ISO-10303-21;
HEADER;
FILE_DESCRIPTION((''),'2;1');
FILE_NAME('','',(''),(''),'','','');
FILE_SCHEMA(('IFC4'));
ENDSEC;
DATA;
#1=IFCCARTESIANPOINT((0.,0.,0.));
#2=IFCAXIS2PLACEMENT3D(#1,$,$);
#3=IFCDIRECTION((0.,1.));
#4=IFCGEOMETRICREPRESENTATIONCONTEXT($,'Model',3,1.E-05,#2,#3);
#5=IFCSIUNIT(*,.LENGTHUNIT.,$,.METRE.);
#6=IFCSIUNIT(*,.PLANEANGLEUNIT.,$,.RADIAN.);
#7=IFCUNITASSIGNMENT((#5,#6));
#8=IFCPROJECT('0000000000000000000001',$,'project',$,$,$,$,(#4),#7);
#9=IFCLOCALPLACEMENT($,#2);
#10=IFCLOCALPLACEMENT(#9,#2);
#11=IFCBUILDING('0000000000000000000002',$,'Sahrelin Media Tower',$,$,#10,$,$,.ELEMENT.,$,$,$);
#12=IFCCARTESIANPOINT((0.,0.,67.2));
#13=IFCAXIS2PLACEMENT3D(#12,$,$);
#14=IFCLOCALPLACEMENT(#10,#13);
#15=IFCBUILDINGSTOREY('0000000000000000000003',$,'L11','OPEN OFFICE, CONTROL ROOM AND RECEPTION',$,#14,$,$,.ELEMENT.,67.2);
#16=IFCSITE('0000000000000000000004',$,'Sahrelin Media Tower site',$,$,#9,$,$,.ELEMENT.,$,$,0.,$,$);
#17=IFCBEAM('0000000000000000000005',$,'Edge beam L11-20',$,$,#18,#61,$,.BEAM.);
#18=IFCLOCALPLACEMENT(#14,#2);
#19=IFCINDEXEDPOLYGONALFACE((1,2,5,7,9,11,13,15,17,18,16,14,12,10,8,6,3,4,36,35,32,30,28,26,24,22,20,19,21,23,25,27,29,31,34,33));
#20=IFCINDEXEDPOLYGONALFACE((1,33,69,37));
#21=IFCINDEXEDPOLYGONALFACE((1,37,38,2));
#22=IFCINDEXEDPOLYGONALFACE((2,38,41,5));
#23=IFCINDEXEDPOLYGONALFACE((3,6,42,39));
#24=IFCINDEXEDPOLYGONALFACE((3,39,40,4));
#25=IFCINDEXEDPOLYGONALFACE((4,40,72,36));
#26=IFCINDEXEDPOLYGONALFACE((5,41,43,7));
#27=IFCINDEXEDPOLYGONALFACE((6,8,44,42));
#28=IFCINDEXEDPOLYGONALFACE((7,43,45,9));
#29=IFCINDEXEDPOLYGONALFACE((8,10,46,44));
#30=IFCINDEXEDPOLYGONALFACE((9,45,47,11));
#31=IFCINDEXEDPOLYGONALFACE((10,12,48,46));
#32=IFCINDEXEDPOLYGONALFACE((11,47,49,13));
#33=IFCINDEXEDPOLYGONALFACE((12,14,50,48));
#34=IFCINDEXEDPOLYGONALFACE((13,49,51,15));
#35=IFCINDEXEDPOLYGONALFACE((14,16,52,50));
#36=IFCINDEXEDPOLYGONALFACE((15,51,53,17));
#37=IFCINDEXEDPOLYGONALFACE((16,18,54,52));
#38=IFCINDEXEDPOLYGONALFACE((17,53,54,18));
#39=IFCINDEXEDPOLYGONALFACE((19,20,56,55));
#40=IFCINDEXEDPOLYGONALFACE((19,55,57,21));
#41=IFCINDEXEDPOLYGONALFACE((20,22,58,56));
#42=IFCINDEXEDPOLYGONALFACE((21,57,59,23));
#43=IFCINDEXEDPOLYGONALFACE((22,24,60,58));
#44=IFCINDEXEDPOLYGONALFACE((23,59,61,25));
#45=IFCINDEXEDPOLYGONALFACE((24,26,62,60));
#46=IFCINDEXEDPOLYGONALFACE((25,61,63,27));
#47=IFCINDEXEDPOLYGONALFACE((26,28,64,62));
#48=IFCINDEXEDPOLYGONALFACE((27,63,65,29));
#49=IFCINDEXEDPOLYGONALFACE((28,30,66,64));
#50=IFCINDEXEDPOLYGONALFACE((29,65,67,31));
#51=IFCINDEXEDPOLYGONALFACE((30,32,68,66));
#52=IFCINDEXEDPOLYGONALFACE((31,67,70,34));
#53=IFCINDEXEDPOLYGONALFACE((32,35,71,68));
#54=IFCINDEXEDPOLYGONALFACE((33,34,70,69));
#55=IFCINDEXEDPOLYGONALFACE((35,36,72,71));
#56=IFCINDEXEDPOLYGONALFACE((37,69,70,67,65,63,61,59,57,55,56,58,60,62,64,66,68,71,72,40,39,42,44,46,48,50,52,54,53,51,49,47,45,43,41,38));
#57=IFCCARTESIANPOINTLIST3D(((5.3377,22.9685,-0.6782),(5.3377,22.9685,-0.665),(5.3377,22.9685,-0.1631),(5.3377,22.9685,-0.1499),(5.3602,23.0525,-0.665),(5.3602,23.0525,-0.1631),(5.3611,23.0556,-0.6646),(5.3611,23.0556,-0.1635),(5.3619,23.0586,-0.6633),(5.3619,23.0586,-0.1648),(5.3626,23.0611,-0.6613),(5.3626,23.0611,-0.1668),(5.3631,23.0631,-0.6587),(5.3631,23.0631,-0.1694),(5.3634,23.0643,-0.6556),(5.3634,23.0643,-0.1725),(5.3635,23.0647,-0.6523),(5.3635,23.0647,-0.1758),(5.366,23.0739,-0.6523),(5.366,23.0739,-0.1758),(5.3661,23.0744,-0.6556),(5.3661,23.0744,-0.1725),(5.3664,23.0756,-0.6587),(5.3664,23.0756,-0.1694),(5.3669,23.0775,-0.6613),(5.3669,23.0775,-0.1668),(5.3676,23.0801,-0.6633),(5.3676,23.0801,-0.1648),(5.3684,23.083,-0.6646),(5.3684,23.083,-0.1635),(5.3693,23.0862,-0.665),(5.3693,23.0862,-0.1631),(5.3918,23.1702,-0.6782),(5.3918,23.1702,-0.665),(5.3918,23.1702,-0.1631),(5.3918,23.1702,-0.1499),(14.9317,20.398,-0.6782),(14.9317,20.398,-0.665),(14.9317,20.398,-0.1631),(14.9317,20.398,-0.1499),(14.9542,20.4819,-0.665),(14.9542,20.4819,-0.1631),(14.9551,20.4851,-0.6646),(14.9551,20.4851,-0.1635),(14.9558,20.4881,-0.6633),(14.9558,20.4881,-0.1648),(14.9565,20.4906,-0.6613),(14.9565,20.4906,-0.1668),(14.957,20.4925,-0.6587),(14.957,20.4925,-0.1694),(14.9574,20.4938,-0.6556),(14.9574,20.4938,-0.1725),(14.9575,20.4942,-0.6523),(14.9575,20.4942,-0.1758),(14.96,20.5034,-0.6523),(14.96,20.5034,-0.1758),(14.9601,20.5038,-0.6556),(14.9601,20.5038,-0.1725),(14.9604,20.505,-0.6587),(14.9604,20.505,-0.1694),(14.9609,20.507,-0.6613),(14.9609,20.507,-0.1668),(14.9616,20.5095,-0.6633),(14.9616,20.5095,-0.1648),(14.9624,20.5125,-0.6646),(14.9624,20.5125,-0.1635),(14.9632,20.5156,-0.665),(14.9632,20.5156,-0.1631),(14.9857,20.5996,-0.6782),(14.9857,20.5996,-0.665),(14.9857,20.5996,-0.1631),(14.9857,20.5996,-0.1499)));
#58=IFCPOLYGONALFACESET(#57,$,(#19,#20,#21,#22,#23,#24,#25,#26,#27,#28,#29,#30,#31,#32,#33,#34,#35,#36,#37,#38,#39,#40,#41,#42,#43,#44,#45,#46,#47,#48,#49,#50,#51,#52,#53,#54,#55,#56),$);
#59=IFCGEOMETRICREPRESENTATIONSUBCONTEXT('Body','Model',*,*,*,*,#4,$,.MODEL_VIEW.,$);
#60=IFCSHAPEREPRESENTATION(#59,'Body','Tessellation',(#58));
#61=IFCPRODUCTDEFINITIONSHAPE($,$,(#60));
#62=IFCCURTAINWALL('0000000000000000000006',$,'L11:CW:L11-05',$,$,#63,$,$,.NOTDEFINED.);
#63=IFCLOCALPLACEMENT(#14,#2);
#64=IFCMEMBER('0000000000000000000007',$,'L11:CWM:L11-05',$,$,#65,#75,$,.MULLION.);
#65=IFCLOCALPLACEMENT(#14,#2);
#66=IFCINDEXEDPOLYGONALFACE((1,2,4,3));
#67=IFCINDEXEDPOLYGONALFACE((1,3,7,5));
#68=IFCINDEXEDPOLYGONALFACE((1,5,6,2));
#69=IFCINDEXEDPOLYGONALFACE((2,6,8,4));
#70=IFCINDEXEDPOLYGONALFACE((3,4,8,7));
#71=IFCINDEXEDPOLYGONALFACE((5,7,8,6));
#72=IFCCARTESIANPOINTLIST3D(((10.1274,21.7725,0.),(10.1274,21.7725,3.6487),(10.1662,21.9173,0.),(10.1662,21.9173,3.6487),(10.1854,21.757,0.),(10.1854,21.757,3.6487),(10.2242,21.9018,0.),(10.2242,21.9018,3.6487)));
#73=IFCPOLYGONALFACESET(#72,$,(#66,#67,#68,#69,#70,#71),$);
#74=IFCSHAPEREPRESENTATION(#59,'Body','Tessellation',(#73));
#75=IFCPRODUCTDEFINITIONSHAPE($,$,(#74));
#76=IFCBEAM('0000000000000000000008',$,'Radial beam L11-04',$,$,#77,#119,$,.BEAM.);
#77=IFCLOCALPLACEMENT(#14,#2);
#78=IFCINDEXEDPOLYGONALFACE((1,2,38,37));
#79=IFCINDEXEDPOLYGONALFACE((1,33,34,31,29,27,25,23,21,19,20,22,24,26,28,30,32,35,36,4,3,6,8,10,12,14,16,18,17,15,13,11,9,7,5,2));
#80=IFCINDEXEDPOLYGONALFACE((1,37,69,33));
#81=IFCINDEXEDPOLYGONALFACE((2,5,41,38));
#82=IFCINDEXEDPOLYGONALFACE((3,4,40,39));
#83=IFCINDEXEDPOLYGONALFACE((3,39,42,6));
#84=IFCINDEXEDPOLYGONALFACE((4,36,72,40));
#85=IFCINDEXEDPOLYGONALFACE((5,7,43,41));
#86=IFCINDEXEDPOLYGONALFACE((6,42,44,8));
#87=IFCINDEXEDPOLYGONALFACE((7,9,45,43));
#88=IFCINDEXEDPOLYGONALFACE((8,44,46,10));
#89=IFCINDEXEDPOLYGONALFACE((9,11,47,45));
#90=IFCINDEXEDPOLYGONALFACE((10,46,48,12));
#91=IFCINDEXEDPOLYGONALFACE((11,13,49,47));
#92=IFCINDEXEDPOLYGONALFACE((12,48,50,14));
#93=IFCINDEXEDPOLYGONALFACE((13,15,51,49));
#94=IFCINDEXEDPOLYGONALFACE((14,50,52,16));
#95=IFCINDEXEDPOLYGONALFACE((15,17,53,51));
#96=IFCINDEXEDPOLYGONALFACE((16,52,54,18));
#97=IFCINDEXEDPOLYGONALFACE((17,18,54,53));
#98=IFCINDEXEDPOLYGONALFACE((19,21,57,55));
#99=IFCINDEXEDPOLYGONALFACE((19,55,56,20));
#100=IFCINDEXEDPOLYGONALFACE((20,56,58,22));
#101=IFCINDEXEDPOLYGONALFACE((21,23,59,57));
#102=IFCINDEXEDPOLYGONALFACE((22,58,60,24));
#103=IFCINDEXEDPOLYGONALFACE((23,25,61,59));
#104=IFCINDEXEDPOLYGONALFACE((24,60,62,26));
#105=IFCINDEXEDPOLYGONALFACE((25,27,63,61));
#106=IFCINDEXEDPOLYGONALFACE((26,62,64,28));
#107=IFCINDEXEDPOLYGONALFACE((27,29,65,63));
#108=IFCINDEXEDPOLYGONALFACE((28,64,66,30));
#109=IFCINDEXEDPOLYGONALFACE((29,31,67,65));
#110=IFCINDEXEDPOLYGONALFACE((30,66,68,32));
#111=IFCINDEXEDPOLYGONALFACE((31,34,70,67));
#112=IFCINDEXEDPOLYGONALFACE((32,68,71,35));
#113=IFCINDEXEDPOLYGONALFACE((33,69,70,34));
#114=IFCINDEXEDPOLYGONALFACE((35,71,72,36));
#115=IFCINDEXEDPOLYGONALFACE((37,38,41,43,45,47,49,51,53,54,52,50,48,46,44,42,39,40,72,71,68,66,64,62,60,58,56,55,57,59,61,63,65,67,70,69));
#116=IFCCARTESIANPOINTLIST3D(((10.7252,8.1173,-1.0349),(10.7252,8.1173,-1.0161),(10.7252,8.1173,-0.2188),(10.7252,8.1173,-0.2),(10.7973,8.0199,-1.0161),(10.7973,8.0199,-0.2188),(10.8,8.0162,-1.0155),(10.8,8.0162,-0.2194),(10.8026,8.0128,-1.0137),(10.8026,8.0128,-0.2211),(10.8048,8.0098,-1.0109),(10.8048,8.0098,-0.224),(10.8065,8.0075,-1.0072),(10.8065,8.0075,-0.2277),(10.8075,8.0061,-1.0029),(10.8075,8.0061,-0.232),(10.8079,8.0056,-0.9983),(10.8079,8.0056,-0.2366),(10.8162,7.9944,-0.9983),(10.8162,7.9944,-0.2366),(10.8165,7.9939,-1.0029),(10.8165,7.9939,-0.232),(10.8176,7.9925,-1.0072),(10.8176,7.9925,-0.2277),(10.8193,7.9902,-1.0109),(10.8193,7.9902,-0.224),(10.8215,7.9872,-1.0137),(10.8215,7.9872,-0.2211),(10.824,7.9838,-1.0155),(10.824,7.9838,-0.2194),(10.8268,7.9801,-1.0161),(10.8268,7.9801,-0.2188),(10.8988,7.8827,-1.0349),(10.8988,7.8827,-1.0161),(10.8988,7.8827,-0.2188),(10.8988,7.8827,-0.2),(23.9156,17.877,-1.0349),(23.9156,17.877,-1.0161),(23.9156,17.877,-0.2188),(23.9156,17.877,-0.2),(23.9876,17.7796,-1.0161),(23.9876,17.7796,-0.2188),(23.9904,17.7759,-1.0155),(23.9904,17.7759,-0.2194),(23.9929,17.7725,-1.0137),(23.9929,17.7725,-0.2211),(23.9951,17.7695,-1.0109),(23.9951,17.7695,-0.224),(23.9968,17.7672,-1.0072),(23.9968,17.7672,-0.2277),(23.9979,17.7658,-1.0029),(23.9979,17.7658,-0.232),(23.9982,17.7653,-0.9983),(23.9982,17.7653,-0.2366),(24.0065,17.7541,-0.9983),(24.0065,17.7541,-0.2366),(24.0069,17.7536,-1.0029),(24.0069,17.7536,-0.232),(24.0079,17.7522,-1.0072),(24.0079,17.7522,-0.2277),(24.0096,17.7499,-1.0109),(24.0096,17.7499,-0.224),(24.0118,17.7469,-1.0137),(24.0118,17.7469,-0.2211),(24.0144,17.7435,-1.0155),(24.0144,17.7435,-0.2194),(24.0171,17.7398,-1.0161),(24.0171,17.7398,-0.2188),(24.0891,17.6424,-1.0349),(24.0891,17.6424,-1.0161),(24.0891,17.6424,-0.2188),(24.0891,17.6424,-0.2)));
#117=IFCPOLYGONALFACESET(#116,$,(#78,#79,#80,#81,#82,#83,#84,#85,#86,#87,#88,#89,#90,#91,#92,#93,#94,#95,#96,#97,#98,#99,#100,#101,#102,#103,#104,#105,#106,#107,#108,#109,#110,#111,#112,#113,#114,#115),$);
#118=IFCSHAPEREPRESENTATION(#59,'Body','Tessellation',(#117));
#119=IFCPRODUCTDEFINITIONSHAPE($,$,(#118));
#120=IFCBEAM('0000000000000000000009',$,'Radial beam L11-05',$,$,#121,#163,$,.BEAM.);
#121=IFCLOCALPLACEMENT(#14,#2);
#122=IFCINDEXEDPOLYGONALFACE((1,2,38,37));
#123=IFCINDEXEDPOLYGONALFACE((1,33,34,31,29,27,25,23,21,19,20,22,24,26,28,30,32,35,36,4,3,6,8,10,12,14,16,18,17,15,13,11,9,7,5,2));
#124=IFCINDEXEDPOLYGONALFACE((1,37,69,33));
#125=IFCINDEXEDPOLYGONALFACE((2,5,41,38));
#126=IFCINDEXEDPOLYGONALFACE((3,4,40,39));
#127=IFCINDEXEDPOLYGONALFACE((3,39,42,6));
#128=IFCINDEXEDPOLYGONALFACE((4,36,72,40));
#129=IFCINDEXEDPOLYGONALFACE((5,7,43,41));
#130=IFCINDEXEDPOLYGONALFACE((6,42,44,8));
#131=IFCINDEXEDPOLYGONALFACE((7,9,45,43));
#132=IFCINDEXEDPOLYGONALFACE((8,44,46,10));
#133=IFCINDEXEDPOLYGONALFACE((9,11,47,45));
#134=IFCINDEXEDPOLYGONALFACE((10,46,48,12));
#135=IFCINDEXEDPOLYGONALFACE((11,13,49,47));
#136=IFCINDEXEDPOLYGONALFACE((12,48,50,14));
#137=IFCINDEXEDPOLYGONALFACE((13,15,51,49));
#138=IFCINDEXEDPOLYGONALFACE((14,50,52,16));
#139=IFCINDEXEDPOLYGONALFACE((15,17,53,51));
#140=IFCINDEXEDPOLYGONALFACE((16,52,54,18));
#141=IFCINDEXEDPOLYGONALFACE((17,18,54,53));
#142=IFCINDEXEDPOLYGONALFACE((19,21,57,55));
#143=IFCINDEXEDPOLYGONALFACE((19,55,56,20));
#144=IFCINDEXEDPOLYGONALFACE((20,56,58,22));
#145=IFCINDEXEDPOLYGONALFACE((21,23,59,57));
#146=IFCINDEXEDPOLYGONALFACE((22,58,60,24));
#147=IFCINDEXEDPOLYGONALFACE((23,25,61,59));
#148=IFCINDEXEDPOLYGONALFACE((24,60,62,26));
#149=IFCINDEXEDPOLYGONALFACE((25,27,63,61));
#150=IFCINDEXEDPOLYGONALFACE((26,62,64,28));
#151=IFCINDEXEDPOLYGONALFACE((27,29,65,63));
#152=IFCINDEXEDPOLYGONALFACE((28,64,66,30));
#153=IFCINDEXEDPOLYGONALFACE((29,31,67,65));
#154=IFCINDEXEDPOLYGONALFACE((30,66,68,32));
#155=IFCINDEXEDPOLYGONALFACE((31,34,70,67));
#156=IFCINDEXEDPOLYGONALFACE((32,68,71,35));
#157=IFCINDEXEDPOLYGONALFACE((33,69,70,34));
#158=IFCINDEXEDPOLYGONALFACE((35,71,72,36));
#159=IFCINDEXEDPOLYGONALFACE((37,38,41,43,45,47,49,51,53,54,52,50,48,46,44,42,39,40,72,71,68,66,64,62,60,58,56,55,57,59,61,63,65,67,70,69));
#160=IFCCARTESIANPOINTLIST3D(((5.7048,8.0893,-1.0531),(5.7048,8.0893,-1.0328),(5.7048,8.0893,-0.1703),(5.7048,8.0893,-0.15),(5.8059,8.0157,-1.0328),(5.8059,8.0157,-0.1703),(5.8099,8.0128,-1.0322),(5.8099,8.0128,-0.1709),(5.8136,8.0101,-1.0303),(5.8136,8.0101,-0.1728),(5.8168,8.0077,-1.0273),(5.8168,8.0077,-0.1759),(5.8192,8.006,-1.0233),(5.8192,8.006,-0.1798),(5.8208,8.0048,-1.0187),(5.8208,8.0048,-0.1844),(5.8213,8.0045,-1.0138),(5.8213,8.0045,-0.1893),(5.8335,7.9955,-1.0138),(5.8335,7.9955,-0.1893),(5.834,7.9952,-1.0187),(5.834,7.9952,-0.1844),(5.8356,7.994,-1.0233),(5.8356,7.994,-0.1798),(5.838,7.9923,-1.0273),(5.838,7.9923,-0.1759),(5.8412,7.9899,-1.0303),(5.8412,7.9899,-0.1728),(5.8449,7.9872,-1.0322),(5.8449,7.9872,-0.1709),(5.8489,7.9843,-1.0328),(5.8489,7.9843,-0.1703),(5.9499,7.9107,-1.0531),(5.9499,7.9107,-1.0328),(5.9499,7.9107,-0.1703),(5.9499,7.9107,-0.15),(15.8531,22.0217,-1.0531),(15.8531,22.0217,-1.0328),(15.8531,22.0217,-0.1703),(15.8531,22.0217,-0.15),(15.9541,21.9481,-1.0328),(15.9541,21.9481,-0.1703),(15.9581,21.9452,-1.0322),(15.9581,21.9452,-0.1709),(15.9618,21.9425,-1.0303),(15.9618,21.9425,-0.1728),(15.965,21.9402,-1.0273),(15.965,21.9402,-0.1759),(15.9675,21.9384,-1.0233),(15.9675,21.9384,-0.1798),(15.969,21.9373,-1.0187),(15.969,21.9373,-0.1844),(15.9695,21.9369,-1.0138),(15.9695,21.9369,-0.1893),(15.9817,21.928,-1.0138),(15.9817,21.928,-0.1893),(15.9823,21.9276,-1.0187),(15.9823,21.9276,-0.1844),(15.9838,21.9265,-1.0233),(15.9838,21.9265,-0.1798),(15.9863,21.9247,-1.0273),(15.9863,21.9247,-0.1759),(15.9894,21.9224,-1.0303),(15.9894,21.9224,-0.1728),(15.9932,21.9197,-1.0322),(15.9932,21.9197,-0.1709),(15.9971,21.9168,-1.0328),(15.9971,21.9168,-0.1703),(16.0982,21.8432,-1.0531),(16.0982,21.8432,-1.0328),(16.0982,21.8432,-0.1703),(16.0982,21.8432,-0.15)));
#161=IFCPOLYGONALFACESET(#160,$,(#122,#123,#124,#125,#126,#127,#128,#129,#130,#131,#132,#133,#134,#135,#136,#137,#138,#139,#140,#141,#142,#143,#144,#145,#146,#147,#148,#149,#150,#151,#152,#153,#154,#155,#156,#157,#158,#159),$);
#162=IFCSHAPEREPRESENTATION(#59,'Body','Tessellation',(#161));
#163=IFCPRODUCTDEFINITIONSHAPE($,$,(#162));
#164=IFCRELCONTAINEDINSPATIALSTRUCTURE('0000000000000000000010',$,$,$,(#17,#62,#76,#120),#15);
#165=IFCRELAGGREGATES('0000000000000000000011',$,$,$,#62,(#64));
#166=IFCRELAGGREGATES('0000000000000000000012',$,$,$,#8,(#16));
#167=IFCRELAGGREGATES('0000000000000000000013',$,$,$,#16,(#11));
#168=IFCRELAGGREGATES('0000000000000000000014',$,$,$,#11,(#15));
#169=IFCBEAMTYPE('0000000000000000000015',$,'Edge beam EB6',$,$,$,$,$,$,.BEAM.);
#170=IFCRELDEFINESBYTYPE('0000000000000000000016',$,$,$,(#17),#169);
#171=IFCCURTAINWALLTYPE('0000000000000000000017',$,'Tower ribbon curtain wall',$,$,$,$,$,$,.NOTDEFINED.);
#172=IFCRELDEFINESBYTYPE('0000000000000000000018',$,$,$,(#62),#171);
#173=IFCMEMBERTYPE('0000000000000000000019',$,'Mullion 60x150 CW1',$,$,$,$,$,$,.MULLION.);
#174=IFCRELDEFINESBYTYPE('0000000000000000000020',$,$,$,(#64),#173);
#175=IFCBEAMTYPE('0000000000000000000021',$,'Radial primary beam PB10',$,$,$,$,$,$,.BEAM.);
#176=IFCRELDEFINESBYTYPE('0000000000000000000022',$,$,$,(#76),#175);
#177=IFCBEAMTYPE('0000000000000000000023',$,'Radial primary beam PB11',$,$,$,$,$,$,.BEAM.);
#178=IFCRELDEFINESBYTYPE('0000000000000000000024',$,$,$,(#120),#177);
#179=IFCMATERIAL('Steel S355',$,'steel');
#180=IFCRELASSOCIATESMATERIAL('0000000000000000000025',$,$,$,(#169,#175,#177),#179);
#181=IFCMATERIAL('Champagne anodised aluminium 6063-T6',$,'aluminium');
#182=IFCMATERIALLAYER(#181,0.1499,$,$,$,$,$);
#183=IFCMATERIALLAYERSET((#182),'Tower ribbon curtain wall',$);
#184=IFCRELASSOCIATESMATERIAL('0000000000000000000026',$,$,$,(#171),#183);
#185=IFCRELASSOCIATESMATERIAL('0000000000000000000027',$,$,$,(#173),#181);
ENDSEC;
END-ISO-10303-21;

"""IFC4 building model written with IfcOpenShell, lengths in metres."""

from ifc_helpers import new_model, si_unit, direction, frame, origin, origin_2d, place, context, subcontext, project, spatial, rectangle, i_section, extrude, material, layer, layer_set, material_profile, profile_set, type_object, element, aggregate, save


model = new_model("IFC4")

# Units and contexts
model_context = context("Model", 3, precision=1e-05, world=origin(), true_north=direction((0.0, 1.0)))
body_context = subcontext(model_context, "Body", "Model", "MODEL_VIEW")
ifc_project = project(units=[si_unit("LENGTHUNIT", "METRE"), si_unit("PLANEANGLEUNIT", "RADIAN")], contexts=[model_context])

# Site, building, storey
site_placement = place(None, origin())
site = spatial("IfcSite", under=ifc_project, at=site_placement, Name="Sahrelin Media Tower site", CompositionType="ELEMENT", RefElevation=0.0)
building_placement = place(site_placement, origin())
building = spatial("IfcBuilding", under=site, at=building_placement, Name="Sahrelin Media Tower", CompositionType="ELEMENT")
storey_placement = place(building_placement, frame((0.0, 0.0, 67.2)))
storey = spatial("IfcBuildingStorey", under=building, at=storey_placement, Name="L11", Description="OPEN OFFICE, CONTROL ROOM AND RECEPTION", CompositionType="ELEMENT", Elevation=67.2)

# Beam
ifc_material_1 = material(Name="Steel S355", Category="steel")
ifc_material_profile_1 = material_profile(ifc_material_1, i_section(OverallWidth=0.2087, OverallDepth=0.5283, WebThickness=0.0095, FlangeThickness=0.0132, FilletRadius=0.0127, at=origin_2d()), Name="UB 533x210x82")
ifc_profile_set_1 = profile_set([ifc_material_profile_1], Name="Steel S355")
beam_type_1 = type_object("IfcBeamType", Name="Edge beam EB6", PredefinedType="BEAM", material=ifc_profile_set_1)
beam_1_placement = place(storey_placement, frame((5.3647, 23.0693, -0.4141), z_axis=(0.96593, -0.258805, 0.0), x_axis=(0.258805, 0.96593, 0.0)))
element("IfcBeam", 1, at=beam_1_placement, inside=storey, type_object=beam_type_1, Name="Edge beam L11-20", PredefinedType="BEAM", context=body_context, shape_type="SweptSolid", body=[
    extrude(i_section(OverallWidth=0.2087, OverallDepth=0.5283, WebThickness=0.0095, FlangeThickness=0.0132, FilletRadius=0.0127, at=origin_2d()), origin(), (0.0, 0.0, 1.0), 9.9324),
])

# Curtain wall, member
ifc_material_2 = material(Name="Champagne anodised aluminium 6063-T6", Category="aluminium")
ifc_layer_1 = layer(ifc_material_2, 0.1499)
ifc_layer_set_1 = layer_set([ifc_layer_1], Name="Tower ribbon curtain wall")
curtain_wall_type = type_object("IfcCurtainWallType", Name="Tower ribbon curtain wall", PredefinedType="NOTDEFINED", material=ifc_layer_set_1)
curtain_wall_1_placement = place(storey_placement, frame((10.2004, 21.929, 0.0), z_axis=(0.0, 0.0, 1.0), x_axis=(1.0, 0.0, 0.0)))
curtain_wall_1 = element("IfcCurtainWall", 2, at=curtain_wall_1_placement, inside=storey, type_object=curtain_wall_type, Name="L11:CW:L11-05", PredefinedType="NOTDEFINED")
ifc_material_profile_2 = material_profile(ifc_material_2, rectangle(XDim=0.0601, YDim=0.1499, at=origin_2d()), Name="Mullion 60x150")
ifc_profile_set_2 = profile_set([ifc_material_profile_2], Name="Champagne anodised aluminium 6063-T6")
member_type_1 = type_object("IfcMemberType", Name="Mullion 60x150 CW1", PredefinedType="MULLION", material=ifc_profile_set_2)
member_1_placement = place(storey_placement, frame((10.1758, 21.8372, 0.0), z_axis=(0.0, 0.0, 1.0), x_axis=(-0.965927, 0.258816, 0.0)))
member_1 = element("IfcMember", 3, at=member_1_placement, type_object=member_type_1, Name="L11:CWM:L11-05", PredefinedType="MULLION", context=body_context, shape_type="SweptSolid", body=[
    extrude(rectangle(XDim=0.0601, YDim=0.1499, at=origin_2d()), origin(), (0.0, 0.0, 1.0), 3.6487),
])
aggregate(curtain_wall_1, [member_1])

# Beams
ifc_material_profile_3 = material_profile(ifc_material_1, i_section(OverallWidth=0.2917, OverallDepth=0.835, WebThickness=0.0139, FlangeThickness=0.0188, FilletRadius=0.0178, at=origin_2d()), Name="UB 838x292x176")
ifc_profile_set_3 = profile_set([ifc_material_profile_3], Name="Steel S355")
beam_type_2 = type_object("IfcBeamType", Name="Radial primary beam PB10", PredefinedType="BEAM", material=ifc_profile_set_3)
beam_2_placement = place(storey_placement, frame((10.812, 8.0, -0.6174), z_axis=(0.803875, 0.594798, 0.0), x_axis=(-0.594798, 0.803875, 0.0)))
element("IfcBeam", 4, at=beam_2_placement, inside=storey, type_object=beam_type_2, Name="Radial beam L11-04", PredefinedType="BEAM", context=body_context, shape_type="SweptSolid", body=[
    extrude(i_section(OverallWidth=0.2917, OverallDepth=0.835, WebThickness=0.0139, FlangeThickness=0.0188, FilletRadius=0.0178, at=origin_2d()), origin(), (0.0, 0.0, 1.0), 16.4084),
])
ifc_material_profile_4 = material_profile(ifc_material_1, i_section(OverallWidth=0.3032, OverallDepth=0.9031, WebThickness=0.0151, FlangeThickness=0.0203, FilletRadius=0.019, at=origin_2d()), Name="UB 914x305x201")
ifc_profile_set_4 = profile_set([ifc_material_profile_4], Name="Steel S355")
beam_type_3 = type_object("IfcBeamType", Name="Radial primary beam PB11", PredefinedType="BEAM", material=ifc_profile_set_4)
beam_3_placement = place(storey_placement, frame((5.8274, 8.0, -0.6016), z_axis=(0.588762, 0.808307, 0.0), x_axis=(-0.808307, 0.588762, 0.0)))
element("IfcBeam", 5, at=beam_3_placement, inside=storey, type_object=beam_type_3, Name="Radial beam L11-05", PredefinedType="BEAM", context=body_context, shape_type="SweptSolid", body=[
    extrude(i_section(OverallWidth=0.3032, OverallDepth=0.9031, WebThickness=0.0151, FlangeThickness=0.0203, FilletRadius=0.019, at=origin_2d()), origin(), (0.0, 0.0, 1.0), 17.2366),
])

save(model, "model.ifc")
